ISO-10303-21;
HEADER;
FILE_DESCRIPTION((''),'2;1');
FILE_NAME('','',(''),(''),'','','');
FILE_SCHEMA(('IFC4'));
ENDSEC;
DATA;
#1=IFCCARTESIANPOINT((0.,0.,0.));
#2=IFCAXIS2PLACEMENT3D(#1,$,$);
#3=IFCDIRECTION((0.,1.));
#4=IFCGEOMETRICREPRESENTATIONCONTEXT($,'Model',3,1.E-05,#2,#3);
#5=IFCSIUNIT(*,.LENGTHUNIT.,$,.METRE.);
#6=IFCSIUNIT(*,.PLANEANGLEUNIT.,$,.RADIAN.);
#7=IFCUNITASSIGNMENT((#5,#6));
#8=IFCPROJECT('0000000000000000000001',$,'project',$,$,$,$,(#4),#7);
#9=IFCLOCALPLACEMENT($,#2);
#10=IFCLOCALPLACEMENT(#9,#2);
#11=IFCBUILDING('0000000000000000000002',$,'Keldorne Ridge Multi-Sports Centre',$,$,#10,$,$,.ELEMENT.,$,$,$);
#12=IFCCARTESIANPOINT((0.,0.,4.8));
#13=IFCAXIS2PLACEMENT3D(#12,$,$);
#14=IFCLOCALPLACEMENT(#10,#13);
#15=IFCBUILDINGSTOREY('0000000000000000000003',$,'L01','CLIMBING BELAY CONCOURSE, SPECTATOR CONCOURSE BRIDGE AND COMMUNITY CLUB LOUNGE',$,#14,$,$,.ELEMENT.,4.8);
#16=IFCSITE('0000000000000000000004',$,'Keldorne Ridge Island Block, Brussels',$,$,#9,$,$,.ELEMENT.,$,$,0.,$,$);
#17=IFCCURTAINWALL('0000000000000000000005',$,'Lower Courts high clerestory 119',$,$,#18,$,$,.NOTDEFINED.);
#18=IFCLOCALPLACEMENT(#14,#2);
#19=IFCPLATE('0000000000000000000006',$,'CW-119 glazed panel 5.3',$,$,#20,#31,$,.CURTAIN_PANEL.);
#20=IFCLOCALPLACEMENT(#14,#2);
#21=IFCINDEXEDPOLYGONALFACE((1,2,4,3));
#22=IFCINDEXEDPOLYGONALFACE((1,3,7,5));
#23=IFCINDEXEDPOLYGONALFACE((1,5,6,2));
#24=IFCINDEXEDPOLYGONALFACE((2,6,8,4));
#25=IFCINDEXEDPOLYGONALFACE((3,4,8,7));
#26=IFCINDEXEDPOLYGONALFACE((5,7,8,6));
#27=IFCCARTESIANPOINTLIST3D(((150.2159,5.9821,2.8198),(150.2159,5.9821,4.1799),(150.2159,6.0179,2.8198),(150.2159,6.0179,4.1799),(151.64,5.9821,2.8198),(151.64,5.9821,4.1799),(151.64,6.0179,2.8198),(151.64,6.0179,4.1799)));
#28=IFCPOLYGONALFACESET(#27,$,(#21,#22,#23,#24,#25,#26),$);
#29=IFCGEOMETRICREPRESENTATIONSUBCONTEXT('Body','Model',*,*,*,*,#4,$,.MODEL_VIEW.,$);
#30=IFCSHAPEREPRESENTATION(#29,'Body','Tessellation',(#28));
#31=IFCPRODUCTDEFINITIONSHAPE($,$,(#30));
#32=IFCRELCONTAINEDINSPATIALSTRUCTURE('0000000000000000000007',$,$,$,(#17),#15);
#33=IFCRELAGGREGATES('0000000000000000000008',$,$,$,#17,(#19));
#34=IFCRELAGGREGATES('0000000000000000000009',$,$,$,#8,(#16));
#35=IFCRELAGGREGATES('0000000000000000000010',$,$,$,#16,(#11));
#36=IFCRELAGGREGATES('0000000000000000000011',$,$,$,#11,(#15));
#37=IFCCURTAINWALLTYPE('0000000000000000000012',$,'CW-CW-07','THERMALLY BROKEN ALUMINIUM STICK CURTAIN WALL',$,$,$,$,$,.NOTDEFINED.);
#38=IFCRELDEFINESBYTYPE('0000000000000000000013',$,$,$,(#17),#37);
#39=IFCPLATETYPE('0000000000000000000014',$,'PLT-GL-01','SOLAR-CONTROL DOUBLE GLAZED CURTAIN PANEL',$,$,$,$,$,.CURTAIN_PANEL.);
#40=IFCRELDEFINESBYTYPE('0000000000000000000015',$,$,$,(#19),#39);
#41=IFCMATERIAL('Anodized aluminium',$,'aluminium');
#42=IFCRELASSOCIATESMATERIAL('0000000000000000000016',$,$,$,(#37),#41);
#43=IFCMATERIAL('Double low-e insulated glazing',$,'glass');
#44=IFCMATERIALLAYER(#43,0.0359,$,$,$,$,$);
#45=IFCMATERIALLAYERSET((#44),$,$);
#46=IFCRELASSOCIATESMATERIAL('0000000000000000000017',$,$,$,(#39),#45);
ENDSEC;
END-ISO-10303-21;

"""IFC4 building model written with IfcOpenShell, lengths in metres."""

from ifc_helpers import new_model, si_unit, direction, frame, origin, origin_2d, place, context, subcontext, project, spatial, rectangle, extrude, material, layer, layer_set, type_object, element, aggregate, save


model = new_model("IFC4")

# Units and contexts
model_context = context("Model", 3, precision=1e-05, world=origin(), true_north=direction((0.0, 1.0)))
body_context = subcontext(model_context, "Body", "Model", "MODEL_VIEW")
ifc_project = project(units=[si_unit("LENGTHUNIT", "METRE"), si_unit("PLANEANGLEUNIT", "RADIAN")], contexts=[model_context])

# Site, building, storey
site_placement = place(None, origin())
site = spatial("IfcSite", under=ifc_project, at=site_placement, Name="Keldorne Ridge Island Block, Brussels", CompositionType="ELEMENT", RefElevation=0.0)
building_placement = place(site_placement, origin())
building = spatial("IfcBuilding", under=site, at=building_placement, Name="Keldorne Ridge Multi-Sports Centre", CompositionType="ELEMENT")
storey_placement = place(building_placement, frame((0.0, 0.0, 4.8)))
storey = spatial("IfcBuildingStorey", under=building, at=storey_placement, Name="L01", Description="CLIMBING BELAY CONCOURSE, SPECTATOR CONCOURSE BRIDGE AND COMMUNITY CLUB LOUNGE", CompositionType="ELEMENT", Elevation=4.8)

# Curtain wall
ifc_material_1 = material(Name="Anodized aluminium", Category="aluminium")
curtain_wall_type = type_object("IfcCurtainWallType", Name="CW-CW-07", Description="THERMALLY BROKEN ALUMINIUM STICK CURTAIN WALL", PredefinedType="NOTDEFINED", material=ifc_material_1)
curtain_wall_placement = place(storey_placement, origin())
curtain_wall = element("IfcCurtainWall", 1, at=curtain_wall_placement, inside=storey, type_object=curtain_wall_type, Name="Lower Courts high clerestory 119", PredefinedType="NOTDEFINED")

# Plate
ifc_material_2 = material(Name="Double low-e insulated glazing", Category="glass")
ifc_layer = layer(ifc_material_2, 0.0359)
ifc_layer_set = layer_set([ifc_layer])
plate_type = type_object("IfcPlateType", Name="PLT-GL-01", Description="SOLAR-CONTROL DOUBLE GLAZED CURTAIN PANEL", PredefinedType="CURTAIN_PANEL", material=ifc_layer_set)
plate_1_placement = place(storey_placement, frame((150.928, 6.0, 2.8198), z_axis=(0.0, 0.0, 1.0), x_axis=(1.0, 0.0, 0.0)))
plate_1 = element("IfcPlate", 2, at=plate_1_placement, type_object=plate_type, Name="CW-119 glazed panel 5.3", PredefinedType="CURTAIN_PANEL", context=body_context, shape_type="SweptSolid", body=[
    extrude(rectangle(XDim=1.4241, YDim=0.0359, at=origin_2d()), origin(), (0.0, 0.0, 1.0), 1.3601),
])
aggregate(curtain_wall, [plate_1])

save(model, "model.ifc")
